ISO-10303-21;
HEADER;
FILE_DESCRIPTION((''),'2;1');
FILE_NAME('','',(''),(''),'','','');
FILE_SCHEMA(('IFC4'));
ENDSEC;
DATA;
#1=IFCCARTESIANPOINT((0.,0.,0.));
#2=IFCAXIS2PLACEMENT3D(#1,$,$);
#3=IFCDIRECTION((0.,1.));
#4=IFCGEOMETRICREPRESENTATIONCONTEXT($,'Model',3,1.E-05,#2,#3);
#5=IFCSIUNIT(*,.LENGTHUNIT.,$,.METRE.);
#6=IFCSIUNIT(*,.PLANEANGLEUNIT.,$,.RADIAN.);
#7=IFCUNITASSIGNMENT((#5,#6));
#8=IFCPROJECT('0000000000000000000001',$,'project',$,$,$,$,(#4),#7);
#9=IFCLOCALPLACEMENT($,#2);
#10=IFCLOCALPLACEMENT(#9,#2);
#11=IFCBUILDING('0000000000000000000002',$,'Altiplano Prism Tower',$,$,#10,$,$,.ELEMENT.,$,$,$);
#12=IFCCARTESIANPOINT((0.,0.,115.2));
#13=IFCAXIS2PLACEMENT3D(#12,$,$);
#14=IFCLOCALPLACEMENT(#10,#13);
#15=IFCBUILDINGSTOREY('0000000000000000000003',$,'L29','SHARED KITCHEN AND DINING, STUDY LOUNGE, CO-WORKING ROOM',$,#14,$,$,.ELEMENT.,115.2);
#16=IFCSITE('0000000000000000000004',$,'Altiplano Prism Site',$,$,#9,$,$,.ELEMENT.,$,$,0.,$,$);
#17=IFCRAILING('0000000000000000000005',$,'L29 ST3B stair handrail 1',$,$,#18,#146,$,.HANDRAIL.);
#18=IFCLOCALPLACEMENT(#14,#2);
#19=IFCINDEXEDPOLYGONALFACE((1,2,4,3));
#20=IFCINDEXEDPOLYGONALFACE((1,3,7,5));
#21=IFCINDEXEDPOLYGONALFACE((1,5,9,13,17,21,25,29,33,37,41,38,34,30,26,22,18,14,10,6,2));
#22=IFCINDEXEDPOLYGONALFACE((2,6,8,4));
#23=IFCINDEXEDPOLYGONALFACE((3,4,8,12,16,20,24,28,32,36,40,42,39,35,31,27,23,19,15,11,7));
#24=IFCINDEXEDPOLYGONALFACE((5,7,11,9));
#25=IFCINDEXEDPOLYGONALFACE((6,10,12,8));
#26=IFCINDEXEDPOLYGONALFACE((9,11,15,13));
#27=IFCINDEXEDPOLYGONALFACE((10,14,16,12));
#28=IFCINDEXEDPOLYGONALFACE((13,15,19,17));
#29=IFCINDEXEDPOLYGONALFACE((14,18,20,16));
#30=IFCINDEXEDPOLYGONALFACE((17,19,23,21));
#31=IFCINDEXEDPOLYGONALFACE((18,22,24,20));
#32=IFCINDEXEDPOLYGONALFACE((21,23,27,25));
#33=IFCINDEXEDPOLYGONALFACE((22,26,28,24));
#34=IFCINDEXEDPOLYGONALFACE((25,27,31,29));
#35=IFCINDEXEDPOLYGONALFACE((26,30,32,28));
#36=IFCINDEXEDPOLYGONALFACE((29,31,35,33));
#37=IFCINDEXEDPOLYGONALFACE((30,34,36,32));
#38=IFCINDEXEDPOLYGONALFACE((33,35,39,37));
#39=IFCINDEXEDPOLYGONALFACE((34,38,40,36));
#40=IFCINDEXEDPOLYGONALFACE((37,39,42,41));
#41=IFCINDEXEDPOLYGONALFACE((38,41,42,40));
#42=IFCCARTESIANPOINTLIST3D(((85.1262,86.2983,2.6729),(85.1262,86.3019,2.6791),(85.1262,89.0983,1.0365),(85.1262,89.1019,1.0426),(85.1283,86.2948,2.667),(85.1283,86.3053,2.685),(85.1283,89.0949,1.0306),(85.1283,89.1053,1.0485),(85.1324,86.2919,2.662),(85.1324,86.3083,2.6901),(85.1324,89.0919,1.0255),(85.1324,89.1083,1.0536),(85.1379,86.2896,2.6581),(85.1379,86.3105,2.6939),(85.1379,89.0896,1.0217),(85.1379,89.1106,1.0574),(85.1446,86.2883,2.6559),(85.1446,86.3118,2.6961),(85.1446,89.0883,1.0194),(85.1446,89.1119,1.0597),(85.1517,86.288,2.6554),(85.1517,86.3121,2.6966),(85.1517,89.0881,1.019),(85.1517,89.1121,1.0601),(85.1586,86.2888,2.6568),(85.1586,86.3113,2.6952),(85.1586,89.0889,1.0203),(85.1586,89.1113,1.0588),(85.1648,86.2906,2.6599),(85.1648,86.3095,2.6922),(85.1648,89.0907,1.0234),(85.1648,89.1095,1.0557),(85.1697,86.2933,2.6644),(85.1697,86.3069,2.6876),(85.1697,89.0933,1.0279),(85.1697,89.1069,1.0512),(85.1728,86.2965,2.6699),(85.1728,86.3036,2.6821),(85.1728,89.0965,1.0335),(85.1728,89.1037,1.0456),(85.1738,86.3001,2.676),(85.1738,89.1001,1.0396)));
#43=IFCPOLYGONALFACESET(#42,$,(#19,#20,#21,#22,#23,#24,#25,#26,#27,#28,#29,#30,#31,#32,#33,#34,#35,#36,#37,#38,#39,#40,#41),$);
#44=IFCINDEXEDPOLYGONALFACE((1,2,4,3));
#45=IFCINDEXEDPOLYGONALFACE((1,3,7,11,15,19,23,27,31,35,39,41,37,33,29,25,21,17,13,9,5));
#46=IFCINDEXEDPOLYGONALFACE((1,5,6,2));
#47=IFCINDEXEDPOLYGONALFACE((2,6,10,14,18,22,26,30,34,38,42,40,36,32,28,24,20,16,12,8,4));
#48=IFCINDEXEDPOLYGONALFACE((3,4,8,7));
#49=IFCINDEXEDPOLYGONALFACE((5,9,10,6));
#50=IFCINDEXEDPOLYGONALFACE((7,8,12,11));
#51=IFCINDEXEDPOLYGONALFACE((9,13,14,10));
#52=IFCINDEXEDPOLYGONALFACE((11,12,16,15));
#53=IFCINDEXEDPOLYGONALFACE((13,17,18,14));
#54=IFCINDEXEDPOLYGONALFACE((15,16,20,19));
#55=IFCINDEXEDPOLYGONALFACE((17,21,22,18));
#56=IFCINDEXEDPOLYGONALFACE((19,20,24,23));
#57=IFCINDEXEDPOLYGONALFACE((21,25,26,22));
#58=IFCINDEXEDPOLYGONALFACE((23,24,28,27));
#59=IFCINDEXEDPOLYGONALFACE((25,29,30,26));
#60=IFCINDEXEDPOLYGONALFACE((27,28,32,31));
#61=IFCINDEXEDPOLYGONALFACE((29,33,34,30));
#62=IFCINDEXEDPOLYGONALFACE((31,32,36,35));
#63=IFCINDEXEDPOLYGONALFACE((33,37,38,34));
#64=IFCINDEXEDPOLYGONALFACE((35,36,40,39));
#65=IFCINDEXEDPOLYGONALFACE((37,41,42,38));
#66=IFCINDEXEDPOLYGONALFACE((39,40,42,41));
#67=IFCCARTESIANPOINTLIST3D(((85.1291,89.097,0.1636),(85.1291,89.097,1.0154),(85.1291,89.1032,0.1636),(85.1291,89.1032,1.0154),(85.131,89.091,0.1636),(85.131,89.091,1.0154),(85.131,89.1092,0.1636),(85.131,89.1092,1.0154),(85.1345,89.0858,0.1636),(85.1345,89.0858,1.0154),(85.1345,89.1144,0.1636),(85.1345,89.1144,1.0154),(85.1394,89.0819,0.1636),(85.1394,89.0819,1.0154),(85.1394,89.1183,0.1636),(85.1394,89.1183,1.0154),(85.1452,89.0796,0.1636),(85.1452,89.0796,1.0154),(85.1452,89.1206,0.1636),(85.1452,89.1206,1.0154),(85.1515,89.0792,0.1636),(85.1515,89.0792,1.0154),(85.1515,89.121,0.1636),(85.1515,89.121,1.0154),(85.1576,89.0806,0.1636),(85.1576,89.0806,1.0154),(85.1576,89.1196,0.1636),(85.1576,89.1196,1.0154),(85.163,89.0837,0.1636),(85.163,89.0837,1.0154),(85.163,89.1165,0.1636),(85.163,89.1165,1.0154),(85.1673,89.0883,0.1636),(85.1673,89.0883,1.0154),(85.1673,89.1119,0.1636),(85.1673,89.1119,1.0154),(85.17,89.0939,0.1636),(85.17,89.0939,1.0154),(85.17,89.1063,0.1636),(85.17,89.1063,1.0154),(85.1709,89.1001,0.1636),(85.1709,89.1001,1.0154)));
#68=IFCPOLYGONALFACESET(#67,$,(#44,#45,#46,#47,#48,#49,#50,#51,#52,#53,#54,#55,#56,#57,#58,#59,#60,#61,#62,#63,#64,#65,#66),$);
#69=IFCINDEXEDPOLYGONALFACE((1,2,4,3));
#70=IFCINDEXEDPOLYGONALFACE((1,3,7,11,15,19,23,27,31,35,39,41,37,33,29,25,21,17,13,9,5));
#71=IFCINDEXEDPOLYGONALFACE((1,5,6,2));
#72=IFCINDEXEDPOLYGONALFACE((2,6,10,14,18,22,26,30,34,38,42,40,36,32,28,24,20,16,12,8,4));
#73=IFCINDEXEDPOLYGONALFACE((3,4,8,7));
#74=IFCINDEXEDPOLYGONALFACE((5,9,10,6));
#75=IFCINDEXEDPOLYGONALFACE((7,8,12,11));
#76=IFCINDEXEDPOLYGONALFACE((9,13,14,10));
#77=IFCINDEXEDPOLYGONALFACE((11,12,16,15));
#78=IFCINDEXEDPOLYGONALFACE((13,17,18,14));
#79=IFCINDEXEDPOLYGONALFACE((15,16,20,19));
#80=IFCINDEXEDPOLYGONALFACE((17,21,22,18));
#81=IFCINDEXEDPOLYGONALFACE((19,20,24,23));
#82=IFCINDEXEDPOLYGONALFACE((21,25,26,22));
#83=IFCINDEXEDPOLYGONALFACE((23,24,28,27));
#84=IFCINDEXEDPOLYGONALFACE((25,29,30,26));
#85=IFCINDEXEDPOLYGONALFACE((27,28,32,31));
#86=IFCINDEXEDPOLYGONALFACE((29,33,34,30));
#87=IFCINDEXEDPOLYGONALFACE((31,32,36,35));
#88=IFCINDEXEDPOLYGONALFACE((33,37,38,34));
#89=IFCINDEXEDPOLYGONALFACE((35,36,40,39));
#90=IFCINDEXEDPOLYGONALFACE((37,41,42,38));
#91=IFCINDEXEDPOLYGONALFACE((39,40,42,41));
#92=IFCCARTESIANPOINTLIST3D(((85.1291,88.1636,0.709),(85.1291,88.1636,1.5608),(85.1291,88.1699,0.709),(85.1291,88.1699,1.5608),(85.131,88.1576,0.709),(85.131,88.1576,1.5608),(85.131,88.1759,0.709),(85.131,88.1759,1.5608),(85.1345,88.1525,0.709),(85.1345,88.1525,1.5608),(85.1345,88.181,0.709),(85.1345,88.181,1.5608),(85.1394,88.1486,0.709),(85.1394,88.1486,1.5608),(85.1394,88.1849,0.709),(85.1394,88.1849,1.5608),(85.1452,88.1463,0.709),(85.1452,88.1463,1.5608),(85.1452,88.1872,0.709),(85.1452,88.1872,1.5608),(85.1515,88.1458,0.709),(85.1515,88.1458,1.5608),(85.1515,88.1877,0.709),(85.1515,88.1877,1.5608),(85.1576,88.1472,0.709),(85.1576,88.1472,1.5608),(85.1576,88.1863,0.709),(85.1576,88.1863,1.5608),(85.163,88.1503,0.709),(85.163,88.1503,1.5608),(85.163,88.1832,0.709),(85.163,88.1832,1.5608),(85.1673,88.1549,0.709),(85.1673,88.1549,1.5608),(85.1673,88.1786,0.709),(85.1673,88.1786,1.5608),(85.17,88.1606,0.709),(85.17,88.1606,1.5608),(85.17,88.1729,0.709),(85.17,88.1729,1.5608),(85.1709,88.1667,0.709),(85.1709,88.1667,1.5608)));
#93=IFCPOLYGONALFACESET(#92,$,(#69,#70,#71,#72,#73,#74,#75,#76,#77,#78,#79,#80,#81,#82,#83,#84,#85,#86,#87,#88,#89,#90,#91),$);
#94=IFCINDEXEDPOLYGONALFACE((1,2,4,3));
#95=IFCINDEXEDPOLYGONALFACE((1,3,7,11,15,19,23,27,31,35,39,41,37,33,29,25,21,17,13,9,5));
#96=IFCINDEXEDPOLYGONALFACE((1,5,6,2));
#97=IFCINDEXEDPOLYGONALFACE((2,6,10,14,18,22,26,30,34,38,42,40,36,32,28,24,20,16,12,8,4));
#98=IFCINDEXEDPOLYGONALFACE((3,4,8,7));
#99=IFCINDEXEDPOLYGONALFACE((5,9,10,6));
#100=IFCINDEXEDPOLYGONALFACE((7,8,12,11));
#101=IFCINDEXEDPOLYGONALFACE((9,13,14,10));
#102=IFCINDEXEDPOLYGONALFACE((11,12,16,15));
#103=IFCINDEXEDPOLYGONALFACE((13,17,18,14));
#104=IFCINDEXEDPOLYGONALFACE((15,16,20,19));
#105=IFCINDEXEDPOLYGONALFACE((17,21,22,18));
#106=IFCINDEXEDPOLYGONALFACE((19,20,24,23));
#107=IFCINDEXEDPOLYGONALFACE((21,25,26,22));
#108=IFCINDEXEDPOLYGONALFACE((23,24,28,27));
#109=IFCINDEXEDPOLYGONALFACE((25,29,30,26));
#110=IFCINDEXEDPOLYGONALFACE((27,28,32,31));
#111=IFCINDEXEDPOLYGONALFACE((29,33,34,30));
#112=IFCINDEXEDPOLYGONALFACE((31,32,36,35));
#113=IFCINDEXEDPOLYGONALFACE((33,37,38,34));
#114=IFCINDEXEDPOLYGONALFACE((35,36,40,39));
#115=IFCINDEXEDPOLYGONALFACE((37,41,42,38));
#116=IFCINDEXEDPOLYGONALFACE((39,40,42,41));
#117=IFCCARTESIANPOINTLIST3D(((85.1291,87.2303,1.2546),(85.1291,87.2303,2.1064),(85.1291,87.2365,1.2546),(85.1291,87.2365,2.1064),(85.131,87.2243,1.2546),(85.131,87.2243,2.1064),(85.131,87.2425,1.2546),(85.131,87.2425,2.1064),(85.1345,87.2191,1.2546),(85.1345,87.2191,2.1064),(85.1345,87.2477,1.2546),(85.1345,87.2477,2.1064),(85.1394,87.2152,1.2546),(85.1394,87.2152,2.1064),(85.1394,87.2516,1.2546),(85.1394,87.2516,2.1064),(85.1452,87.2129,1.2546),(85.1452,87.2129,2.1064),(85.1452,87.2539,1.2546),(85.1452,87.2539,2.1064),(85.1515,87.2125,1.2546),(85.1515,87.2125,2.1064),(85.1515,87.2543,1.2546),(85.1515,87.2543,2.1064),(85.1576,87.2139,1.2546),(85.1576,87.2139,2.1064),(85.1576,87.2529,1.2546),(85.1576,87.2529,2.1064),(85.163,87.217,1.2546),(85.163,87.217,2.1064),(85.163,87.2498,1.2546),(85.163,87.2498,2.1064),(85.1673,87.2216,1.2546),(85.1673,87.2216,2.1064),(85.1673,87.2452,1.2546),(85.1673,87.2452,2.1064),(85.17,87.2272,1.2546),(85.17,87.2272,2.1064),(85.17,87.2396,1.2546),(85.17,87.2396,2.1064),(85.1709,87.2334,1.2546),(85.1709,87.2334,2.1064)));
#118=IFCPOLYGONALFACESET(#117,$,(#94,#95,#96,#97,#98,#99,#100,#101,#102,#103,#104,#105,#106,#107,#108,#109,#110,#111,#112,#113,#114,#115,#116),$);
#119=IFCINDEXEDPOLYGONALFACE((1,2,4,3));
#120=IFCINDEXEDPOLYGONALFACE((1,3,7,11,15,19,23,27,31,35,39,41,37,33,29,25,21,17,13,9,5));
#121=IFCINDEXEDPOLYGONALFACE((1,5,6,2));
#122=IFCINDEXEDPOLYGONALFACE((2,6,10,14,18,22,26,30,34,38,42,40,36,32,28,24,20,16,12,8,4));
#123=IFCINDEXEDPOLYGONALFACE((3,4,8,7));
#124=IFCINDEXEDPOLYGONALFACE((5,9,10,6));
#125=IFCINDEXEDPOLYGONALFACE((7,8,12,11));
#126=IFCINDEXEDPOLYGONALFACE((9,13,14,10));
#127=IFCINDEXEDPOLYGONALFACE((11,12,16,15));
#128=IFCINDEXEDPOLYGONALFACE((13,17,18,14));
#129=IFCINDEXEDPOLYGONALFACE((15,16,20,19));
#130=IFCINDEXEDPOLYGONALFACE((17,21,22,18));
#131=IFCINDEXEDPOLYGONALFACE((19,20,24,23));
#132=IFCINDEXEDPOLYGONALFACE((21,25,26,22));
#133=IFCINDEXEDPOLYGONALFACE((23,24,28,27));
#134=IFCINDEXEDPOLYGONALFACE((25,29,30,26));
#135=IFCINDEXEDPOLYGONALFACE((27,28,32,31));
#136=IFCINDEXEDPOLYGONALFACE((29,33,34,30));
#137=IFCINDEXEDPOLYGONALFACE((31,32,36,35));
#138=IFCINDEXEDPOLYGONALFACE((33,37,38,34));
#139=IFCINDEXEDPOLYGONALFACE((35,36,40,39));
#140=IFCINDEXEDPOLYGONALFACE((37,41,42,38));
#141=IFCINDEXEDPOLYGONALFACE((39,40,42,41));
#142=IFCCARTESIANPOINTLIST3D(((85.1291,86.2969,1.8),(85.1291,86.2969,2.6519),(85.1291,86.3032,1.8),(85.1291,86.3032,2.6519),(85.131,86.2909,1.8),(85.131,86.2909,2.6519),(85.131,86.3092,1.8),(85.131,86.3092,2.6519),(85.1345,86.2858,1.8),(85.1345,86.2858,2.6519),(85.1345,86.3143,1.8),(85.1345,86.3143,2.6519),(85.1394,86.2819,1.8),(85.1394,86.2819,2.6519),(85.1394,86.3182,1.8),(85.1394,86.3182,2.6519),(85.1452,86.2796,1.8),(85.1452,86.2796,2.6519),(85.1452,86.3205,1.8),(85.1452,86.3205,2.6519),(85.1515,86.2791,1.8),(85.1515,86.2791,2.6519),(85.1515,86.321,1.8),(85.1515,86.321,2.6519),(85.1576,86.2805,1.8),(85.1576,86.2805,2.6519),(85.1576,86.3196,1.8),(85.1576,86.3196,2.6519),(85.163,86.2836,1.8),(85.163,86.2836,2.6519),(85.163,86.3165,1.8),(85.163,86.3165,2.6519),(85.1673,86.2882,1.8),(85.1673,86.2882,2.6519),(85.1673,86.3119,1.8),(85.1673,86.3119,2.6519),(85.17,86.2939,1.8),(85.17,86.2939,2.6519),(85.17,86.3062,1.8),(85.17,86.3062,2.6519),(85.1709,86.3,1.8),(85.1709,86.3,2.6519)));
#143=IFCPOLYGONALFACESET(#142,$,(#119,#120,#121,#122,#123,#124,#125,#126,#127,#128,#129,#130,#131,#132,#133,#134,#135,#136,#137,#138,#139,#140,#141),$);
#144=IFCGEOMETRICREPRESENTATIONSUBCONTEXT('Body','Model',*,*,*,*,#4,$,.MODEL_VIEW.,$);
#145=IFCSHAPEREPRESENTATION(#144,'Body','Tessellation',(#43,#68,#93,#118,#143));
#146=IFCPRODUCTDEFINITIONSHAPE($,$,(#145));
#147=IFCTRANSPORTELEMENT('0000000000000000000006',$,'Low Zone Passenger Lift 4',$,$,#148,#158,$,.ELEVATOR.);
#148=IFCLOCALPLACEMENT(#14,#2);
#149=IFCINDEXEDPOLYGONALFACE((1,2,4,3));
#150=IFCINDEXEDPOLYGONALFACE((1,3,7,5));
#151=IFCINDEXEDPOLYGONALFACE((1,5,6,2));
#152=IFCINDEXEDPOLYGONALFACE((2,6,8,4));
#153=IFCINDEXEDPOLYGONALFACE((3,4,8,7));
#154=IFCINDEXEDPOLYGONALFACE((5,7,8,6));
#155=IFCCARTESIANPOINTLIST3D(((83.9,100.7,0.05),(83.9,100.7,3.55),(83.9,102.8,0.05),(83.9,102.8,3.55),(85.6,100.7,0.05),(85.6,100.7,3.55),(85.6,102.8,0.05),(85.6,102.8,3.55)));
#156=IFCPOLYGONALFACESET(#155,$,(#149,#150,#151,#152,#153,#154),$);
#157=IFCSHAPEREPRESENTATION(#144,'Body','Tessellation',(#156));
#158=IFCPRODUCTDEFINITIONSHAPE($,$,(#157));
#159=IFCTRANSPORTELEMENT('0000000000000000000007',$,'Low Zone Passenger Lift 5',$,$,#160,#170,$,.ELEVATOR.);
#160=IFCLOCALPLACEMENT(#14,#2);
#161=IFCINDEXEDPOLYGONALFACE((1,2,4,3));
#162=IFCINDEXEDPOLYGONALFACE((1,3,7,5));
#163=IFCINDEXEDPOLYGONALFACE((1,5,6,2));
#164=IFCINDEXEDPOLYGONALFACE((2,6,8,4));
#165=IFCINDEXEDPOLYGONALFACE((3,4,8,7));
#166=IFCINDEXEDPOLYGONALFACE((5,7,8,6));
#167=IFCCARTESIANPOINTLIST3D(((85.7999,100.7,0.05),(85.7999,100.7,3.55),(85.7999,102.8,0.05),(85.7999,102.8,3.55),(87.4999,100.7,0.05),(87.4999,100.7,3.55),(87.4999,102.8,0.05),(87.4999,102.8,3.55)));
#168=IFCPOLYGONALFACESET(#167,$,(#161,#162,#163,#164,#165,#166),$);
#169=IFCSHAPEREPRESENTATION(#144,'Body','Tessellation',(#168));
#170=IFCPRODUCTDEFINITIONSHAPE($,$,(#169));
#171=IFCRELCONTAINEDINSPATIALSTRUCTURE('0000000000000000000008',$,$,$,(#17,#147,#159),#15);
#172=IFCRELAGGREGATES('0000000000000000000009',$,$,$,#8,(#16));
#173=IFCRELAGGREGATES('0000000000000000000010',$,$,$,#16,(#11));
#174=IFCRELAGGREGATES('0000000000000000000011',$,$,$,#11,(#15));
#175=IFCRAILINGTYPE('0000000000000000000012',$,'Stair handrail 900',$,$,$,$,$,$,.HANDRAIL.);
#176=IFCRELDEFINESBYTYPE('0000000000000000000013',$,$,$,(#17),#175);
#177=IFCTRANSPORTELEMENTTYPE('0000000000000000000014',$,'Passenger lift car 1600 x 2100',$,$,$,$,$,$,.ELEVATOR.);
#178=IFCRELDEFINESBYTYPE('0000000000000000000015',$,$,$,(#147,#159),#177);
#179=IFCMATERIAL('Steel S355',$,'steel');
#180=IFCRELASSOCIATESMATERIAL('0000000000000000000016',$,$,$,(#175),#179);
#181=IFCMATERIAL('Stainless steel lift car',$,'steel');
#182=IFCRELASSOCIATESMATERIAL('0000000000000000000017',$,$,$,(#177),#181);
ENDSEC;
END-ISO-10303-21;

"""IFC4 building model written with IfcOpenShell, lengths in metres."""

from ifc_helpers import new_model, si_unit, direction, frame, origin, origin_2d, place, context, subcontext, project, spatial, rectangle, circle, extrude, material, type_object, element, save


model = new_model("IFC4")

# Units and contexts
model_context = context("Model", 3, precision=1e-05, world=origin(), true_north=direction((0.0, 1.0)))
body_context = subcontext(model_context, "Body", "Model", "MODEL_VIEW")
ifc_project = project(units=[si_unit("LENGTHUNIT", "METRE"), si_unit("PLANEANGLEUNIT", "RADIAN")], contexts=[model_context])

# Site, building, storey
site_placement = place(None, origin())
site = spatial("IfcSite", under=ifc_project, at=site_placement, Name="Altiplano Prism Site", CompositionType="ELEMENT", RefElevation=0.0)
building_placement = place(site_placement, origin())
building = spatial("IfcBuilding", under=site, at=building_placement, Name="Altiplano Prism Tower", CompositionType="ELEMENT")
storey_placement = place(building_placement, frame((0.0, 0.0, 115.2)))
storey = spatial("IfcBuildingStorey", under=building, at=storey_placement, Name="L29", Description="SHARED KITCHEN AND DINING, STUDY LOUNGE, CO-WORKING ROOM", CompositionType="ELEMENT", Elevation=115.2)

# Railing
ifc_material_1 = material(Name="Steel S355", Category="steel")
railing_type_1 = type_object("IfcRailingType", Name="Stair handrail 900", PredefinedType="HANDRAIL", material=ifc_material_1)
for number, where, name in (
    (1, (85.1499, 89.1001, 0.1636), "L29 ST3B stair handrail 1"),
):
    element("IfcRailing", number, at=place(storey_placement, frame(where)), inside=storey, type_object=railing_type_1, Name=name, PredefinedType="HANDRAIL", context=body_context, shape_type="SweptSolid", body=[
        extrude(circle(Radius=0.0239, at=origin_2d()), frame((0.0, 0.0, 0.876), z_axis=(0.0, -0.863361, 0.504587), x_axis=(1.0, 0.0, 0.0)), (0.0, 0.0, 1.0), 3.2432),
        extrude(circle(Radius=0.021, at=origin_2d()), origin(), (0.0, 0.0, 1.0), 0.8518),
        extrude(circle(Radius=0.021, at=origin_2d()), frame((0.0, -0.9333, 0.5454)), (0.0, 0.0, 1.0), 0.8518),
        extrude(circle(Radius=0.021, at=origin_2d()), frame((0.0, -1.8667, 1.0911)), (0.0, 0.0, 1.0), 0.8518),
        extrude(circle(Radius=0.021, at=origin_2d()), frame((0.0, -2.8, 1.6365)), (0.0, 0.0, 1.0), 0.8518),
    ])

# Transport elements
ifc_material_2 = material(Name="Stainless steel lift car", Category="steel")
transport_element_type = type_object("IfcTransportElementType", Name="Passenger lift car 1600 x 2100", PredefinedType="ELEVATOR", material=ifc_material_2)
for number, where, z_axis, x_axis, name in (
    (2, (84.75, 101.75, 0.05), (0.0, 0.0, 1.0), (1.0, 0.0, 0.0), "Low Zone Passenger Lift 4"),
    (3, (86.6499, 101.75, 0.05), (0.0, 0.0, 1.0), (1.0, 0.0, 0.0), "Low Zone Passenger Lift 5"),
):
    element("IfcTransportElement", number, at=place(storey_placement, frame(where, z_axis=z_axis, x_axis=x_axis)), inside=storey, type_object=transport_element_type, Name=name, PredefinedType="ELEVATOR", context=body_context, shape_type="SweptSolid", body=[
        extrude(rectangle(XDim=1.7, YDim=2.1001, at=origin_2d()), origin(), (0.0, 0.0, 1.0), 3.5),
    ])

save(model, "model.ifc")
